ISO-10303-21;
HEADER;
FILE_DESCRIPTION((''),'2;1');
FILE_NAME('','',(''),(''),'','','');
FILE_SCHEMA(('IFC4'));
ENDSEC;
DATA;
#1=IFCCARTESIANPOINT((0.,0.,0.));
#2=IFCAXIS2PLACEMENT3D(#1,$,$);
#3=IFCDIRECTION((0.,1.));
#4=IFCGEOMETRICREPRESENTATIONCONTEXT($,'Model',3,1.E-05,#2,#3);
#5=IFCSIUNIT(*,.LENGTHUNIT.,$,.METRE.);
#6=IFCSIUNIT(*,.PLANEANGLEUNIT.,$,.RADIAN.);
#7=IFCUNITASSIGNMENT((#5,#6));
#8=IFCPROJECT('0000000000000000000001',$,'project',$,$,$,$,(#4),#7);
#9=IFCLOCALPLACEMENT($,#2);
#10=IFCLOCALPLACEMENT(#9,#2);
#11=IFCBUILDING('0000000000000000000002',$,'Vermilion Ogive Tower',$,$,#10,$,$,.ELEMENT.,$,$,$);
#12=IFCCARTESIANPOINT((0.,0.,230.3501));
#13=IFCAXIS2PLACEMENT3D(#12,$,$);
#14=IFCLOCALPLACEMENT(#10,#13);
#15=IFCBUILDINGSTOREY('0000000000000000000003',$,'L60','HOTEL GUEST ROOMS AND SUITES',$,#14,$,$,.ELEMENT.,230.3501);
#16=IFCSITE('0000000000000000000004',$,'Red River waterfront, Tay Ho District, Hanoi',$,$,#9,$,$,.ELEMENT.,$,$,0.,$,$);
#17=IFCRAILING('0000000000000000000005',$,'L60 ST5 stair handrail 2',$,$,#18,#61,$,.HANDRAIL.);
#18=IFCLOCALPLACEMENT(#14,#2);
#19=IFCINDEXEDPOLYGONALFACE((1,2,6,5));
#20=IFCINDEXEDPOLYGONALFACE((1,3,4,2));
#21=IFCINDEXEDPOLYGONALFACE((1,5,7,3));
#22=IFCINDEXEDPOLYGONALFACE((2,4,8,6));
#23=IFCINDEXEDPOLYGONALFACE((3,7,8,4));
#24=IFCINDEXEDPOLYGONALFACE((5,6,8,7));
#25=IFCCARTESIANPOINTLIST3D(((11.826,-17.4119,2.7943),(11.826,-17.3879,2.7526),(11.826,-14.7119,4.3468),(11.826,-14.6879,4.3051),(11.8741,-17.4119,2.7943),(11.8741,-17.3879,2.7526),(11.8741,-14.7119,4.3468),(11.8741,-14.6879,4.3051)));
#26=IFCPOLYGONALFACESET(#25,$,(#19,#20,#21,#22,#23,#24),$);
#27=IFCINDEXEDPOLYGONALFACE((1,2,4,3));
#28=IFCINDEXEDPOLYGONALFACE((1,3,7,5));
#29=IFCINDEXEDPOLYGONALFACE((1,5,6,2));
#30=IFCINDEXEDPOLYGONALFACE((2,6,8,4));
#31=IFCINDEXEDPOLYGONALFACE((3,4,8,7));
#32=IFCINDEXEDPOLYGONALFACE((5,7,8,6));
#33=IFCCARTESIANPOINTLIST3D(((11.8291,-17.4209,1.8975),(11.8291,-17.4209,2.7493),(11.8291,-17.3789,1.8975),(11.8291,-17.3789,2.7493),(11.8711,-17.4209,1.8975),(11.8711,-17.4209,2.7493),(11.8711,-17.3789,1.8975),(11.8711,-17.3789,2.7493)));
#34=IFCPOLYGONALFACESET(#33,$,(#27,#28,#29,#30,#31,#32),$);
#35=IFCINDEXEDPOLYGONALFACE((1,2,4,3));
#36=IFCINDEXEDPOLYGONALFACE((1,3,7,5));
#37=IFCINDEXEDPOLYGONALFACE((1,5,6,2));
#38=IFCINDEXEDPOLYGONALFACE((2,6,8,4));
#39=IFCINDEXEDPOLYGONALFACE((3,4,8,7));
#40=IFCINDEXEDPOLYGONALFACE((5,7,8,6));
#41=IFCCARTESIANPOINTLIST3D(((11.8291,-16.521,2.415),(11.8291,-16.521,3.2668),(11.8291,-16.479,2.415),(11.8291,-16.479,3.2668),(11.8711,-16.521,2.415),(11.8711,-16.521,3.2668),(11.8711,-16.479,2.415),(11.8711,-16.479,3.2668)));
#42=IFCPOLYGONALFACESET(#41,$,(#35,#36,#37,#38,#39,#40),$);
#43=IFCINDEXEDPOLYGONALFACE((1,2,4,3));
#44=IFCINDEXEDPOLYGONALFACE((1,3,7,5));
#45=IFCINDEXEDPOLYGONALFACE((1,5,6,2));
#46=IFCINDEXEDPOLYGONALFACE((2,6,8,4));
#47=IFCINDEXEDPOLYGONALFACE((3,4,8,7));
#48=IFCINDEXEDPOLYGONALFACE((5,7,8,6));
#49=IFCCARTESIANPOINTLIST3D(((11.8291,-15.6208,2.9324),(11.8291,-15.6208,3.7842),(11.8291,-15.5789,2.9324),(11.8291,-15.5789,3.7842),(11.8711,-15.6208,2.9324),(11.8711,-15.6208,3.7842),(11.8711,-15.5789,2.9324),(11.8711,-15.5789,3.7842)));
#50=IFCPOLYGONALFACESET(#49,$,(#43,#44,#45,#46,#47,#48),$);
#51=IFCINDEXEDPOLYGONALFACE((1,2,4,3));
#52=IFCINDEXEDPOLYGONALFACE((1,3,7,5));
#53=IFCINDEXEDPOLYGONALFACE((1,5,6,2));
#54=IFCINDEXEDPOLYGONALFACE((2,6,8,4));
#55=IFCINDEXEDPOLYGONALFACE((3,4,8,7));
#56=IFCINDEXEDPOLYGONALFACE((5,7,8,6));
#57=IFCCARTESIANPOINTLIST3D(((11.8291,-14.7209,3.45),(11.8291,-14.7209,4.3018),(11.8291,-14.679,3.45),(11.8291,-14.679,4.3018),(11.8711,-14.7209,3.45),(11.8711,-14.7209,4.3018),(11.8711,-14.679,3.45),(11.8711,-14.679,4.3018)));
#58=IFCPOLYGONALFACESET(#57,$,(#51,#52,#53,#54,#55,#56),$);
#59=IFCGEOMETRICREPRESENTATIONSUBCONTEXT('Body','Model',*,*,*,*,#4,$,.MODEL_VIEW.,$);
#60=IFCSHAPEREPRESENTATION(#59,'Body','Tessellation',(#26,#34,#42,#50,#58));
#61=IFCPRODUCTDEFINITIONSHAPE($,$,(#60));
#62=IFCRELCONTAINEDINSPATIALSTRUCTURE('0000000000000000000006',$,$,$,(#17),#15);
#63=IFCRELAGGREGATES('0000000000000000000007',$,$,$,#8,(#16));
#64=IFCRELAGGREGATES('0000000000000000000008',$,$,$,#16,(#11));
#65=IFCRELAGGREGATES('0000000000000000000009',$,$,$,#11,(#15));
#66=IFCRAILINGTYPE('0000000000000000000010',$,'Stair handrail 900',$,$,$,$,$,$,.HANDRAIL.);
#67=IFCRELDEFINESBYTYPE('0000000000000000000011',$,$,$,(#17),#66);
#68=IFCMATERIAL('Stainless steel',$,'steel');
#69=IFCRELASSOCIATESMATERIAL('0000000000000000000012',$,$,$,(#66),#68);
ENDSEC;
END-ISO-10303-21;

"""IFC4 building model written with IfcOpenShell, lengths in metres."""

from ifc_helpers import new_model, si_unit, direction, frame, origin, origin_2d, place, context, subcontext, project, spatial, rectangle, extrude, material, type_object, element, save


model = new_model("IFC4")

# Units and contexts
model_context = context("Model", 3, precision=1e-05, world=origin(), true_north=direction((0.0, 1.0)))
body_context = subcontext(model_context, "Body", "Model", "MODEL_VIEW")
ifc_project = project(units=[si_unit("LENGTHUNIT", "METRE"), si_unit("PLANEANGLEUNIT", "RADIAN")], contexts=[model_context])

# Site, building, storey
site_placement = place(None, origin())
site = spatial("IfcSite", under=ifc_project, at=site_placement, Name="Red River waterfront, Tay Ho District, Hanoi", CompositionType="ELEMENT", RefElevation=0.0)
building_placement = place(site_placement, origin())
building = spatial("IfcBuilding", under=site, at=building_placement, Name="Vermilion Ogive Tower", CompositionType="ELEMENT")
storey_placement = place(building_placement, frame((0.0, 0.0, 230.3501)))
storey = spatial("IfcBuildingStorey", under=building, at=storey_placement, Name="L60", Description="HOTEL GUEST ROOMS AND SUITES", CompositionType="ELEMENT", Elevation=230.3501)

# Railing
ifc_material_1 = material(Name="Stainless steel", Category="steel")
railing_type_1 = type_object("IfcRailingType", Name="Stair handrail 900", PredefinedType="HANDRAIL", material=ifc_material_1)
railing_1_placement = place(storey_placement, frame((11.8501, -17.3999, 1.8975)))
element("IfcRailing", 1, at=railing_1_placement, inside=storey, type_object=railing_type_1, Name="L60 ST5 stair handrail 2", PredefinedType="HANDRAIL", context=body_context, shape_type="SweptSolid", body=[
    extrude(rectangle(XDim=0.0481, YDim=0.0481, at=origin_2d()), frame((0.0, 0.0, 0.876), z_axis=(0.0, 0.866904, 0.498476), x_axis=(-1.0, 0.0, 0.0)), (0.0, 0.0, 1.0), 3.1145),
    extrude(rectangle(XDim=0.042, YDim=0.042, at=origin_2d()), origin(), (0.0, 0.0, 1.0), 0.8518),
    extrude(rectangle(XDim=0.042, YDim=0.042, at=origin_2d()), frame((0.0, 0.8999, 0.5176)), (0.0, 0.0, 1.0), 0.8518),
    extrude(rectangle(XDim=0.042, YDim=0.042, at=origin_2d()), frame((0.0, 1.8, 1.0349)), (0.0, 0.0, 1.0), 0.8518),
    extrude(rectangle(XDim=0.042, YDim=0.042, at=origin_2d()), frame((0.0, 2.7, 1.5525)), (0.0, 0.0, 1.0), 0.8518),
])

save(model, "model.ifc")
